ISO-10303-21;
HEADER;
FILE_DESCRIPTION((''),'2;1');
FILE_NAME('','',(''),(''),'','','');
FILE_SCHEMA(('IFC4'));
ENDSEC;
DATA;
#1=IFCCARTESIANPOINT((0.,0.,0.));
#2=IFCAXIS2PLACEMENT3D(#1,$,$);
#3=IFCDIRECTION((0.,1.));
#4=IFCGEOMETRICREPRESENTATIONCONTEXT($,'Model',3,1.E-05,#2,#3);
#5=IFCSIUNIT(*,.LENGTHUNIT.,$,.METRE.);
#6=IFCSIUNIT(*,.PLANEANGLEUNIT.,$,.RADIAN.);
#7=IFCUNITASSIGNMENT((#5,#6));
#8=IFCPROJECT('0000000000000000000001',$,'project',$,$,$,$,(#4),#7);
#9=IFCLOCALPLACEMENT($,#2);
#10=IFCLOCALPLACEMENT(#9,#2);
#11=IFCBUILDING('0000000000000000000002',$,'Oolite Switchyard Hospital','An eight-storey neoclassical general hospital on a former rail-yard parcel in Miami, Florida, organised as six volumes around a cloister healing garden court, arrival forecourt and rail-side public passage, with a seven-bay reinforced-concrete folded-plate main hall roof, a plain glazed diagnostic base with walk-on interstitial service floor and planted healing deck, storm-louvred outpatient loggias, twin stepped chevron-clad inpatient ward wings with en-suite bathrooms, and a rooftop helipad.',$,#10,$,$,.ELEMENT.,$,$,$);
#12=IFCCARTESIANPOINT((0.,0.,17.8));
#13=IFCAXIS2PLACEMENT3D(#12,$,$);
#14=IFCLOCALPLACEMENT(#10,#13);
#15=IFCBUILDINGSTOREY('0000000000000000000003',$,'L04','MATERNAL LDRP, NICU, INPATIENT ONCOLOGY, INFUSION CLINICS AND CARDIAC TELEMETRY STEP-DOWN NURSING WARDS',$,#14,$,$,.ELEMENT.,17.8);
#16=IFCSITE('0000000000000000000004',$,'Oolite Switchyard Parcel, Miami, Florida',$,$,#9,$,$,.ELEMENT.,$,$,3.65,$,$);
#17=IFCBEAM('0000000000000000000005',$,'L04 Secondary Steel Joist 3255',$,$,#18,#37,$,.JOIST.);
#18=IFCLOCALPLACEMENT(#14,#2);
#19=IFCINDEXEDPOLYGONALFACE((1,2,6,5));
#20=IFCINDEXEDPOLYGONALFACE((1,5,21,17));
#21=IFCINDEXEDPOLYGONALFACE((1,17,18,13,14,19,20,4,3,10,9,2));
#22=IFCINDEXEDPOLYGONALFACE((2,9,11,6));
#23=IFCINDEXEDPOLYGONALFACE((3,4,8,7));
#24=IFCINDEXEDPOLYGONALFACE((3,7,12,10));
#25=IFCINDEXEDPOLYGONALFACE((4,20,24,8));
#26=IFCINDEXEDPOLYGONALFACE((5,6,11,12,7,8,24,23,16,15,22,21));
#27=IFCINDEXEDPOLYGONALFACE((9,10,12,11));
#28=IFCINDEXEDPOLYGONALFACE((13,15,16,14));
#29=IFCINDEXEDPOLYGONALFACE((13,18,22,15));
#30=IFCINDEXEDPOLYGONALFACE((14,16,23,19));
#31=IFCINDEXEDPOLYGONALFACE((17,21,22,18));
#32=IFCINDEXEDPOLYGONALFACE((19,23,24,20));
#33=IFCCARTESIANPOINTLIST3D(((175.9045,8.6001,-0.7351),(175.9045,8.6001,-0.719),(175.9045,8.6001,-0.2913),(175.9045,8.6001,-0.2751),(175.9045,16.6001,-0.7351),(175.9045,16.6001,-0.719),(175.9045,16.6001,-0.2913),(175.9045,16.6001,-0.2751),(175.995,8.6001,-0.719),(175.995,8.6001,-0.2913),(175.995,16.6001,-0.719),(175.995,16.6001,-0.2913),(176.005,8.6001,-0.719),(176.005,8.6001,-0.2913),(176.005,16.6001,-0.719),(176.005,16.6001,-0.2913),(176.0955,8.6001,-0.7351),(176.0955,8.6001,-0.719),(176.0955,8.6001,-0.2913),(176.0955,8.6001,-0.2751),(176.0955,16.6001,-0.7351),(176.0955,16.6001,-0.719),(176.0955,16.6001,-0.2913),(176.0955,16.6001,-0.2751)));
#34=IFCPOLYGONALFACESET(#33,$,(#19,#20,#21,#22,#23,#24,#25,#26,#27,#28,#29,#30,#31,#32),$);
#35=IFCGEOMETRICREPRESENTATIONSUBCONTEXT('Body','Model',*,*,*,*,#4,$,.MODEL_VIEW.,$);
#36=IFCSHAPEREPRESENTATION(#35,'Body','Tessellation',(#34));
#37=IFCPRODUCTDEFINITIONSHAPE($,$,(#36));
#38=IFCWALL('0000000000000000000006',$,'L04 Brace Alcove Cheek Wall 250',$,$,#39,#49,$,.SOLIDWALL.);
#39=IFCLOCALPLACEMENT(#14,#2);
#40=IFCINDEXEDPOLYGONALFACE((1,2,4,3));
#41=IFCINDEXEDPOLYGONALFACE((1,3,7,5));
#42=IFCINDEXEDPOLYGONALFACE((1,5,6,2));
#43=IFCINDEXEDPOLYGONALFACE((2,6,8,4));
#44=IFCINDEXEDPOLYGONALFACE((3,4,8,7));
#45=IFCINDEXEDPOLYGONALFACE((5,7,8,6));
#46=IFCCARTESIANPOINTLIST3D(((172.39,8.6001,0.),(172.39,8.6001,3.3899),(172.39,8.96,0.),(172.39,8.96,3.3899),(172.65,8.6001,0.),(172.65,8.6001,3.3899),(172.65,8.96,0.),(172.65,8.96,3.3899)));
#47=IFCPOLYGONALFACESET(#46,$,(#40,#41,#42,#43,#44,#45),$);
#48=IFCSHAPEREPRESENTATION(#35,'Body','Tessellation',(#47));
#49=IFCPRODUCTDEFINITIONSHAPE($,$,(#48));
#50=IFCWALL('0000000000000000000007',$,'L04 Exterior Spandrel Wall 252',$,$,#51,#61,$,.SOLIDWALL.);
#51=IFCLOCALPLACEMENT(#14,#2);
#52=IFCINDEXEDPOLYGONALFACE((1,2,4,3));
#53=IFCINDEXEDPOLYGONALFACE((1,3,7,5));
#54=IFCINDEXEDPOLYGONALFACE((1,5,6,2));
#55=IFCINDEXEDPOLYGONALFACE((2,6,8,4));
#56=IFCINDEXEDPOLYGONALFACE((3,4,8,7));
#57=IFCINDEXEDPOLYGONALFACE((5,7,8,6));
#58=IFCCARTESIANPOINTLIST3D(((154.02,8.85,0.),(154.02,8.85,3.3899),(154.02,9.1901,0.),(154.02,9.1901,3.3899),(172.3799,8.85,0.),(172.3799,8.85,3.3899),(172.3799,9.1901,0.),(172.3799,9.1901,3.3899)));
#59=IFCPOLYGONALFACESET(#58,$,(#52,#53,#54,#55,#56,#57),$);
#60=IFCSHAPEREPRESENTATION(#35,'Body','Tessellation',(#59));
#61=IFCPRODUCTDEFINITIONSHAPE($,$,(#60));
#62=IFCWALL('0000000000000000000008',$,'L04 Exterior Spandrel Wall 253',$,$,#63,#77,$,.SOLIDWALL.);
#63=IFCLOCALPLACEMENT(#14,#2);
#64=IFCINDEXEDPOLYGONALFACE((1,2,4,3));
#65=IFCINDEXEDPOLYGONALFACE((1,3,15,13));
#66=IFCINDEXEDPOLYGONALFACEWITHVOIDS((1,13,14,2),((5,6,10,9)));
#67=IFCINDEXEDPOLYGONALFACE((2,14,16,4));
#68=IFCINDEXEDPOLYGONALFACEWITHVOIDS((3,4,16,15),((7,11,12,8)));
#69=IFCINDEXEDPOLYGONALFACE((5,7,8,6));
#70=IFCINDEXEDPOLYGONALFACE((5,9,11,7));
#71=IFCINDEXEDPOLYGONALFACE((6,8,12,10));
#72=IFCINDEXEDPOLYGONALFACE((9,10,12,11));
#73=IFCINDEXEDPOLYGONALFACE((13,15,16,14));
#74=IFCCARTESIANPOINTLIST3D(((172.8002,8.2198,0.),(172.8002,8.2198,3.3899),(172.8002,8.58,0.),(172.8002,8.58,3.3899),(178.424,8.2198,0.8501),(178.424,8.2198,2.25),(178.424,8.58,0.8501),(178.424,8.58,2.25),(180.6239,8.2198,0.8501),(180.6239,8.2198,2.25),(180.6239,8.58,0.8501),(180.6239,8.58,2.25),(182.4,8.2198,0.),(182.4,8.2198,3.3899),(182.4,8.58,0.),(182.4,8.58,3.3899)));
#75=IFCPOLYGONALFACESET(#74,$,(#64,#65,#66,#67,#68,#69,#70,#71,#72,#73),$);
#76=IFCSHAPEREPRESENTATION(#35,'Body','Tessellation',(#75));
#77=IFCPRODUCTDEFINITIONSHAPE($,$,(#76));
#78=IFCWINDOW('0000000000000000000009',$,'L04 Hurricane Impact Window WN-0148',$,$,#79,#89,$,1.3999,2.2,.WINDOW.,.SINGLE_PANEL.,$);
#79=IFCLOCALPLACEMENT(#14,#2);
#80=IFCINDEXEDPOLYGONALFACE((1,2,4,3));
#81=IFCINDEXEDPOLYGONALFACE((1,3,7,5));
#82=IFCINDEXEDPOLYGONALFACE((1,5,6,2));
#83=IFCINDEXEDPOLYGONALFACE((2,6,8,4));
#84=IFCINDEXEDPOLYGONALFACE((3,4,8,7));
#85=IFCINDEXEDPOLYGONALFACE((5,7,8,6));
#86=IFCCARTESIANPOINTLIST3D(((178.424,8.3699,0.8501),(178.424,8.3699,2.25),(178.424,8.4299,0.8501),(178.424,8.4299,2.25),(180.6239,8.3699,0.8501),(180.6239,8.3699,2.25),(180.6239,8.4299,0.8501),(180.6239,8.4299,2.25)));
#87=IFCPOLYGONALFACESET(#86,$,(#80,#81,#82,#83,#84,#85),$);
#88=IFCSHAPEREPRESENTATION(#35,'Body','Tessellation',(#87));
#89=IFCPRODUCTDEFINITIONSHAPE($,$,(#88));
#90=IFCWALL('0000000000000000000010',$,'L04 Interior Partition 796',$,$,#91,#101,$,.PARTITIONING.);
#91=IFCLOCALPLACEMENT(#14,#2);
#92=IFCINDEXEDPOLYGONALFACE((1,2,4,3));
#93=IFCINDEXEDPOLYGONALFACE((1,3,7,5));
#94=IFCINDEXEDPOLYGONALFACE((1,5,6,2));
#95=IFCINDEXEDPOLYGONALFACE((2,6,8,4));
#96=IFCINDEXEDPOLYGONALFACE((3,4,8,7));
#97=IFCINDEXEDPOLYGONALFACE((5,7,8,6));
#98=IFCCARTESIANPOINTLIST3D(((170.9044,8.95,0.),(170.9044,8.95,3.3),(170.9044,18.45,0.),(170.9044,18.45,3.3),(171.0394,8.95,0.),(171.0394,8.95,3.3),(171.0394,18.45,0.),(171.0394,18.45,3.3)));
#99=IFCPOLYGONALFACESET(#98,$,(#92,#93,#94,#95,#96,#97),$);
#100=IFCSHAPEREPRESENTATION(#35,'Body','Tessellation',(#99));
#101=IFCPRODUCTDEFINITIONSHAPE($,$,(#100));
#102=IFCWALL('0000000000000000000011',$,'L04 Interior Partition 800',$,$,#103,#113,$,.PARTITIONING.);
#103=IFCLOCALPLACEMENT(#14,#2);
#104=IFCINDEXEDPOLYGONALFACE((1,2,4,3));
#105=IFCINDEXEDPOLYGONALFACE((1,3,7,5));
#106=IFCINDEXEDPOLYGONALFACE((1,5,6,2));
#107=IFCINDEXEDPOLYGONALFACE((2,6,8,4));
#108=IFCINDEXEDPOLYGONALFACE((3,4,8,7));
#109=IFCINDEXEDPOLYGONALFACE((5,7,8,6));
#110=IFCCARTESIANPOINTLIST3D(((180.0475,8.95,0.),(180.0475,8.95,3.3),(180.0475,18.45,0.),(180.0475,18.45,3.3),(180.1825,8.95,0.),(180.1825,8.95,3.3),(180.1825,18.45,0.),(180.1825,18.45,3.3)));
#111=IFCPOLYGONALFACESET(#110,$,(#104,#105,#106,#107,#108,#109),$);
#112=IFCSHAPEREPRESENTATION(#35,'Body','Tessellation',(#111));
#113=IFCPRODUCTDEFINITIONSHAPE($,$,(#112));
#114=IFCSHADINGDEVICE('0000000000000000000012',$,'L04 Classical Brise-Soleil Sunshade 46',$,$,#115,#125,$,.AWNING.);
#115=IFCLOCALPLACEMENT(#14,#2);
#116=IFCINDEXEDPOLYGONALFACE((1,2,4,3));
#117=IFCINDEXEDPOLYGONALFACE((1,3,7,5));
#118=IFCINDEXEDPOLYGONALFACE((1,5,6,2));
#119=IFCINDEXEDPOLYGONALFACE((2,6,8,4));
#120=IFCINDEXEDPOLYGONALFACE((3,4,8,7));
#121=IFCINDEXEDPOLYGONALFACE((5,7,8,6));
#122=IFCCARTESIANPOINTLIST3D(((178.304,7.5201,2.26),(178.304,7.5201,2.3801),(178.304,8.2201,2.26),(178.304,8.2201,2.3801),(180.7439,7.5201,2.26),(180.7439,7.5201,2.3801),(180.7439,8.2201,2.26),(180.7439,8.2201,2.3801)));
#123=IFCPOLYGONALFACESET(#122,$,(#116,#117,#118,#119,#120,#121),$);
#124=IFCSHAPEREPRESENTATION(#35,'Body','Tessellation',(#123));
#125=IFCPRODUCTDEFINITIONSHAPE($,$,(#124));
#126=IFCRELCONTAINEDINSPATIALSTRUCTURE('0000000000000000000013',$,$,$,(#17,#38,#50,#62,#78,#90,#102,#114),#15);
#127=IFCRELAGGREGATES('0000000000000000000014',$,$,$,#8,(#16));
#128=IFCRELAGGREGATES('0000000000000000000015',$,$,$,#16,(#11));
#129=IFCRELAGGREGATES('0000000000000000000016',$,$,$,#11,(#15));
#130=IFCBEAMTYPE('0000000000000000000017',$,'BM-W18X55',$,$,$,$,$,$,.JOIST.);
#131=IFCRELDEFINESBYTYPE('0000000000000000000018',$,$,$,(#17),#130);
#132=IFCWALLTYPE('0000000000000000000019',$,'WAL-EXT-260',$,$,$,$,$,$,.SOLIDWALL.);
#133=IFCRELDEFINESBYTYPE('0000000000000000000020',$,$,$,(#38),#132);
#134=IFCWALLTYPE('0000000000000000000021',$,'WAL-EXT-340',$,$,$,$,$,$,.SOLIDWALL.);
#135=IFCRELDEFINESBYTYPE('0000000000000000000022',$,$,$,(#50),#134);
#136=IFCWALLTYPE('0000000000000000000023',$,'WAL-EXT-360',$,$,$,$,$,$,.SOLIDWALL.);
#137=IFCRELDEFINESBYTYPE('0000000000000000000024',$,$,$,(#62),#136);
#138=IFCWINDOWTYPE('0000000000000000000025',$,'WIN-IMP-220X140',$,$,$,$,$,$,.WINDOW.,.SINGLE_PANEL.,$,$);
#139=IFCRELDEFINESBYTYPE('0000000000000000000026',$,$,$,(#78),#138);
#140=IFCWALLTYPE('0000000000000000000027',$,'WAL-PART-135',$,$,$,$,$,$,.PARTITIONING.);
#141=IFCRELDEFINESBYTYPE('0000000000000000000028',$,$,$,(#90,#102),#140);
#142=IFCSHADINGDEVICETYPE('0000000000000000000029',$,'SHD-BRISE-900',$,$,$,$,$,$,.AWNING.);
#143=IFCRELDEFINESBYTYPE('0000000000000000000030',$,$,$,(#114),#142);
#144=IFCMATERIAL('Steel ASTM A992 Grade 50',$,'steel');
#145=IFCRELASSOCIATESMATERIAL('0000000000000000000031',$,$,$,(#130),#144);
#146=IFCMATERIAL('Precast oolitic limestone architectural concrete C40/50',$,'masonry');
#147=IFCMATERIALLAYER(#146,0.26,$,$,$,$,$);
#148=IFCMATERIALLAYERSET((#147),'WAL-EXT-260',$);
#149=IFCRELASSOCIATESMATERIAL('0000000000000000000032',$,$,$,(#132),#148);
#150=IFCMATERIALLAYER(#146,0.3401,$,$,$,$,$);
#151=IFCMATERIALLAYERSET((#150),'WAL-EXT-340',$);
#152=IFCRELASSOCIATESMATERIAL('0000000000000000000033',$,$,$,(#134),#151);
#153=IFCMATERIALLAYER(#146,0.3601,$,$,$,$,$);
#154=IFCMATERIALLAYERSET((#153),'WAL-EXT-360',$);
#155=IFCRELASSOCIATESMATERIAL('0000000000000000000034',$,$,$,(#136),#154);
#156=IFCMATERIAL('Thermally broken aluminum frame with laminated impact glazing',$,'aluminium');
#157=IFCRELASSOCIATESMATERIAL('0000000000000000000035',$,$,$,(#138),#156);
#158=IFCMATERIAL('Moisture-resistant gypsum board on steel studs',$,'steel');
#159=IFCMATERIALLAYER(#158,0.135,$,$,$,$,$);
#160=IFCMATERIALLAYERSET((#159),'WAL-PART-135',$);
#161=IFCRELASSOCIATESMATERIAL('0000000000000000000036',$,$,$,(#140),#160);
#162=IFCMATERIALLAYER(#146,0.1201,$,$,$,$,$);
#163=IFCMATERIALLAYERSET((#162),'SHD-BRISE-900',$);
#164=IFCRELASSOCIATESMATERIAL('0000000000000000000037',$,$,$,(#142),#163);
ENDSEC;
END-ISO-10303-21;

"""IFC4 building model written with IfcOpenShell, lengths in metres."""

from ifc_helpers import new_model, si_unit, direction, frame, frame_2d, origin, origin_2d, place, context, subcontext, project, spatial, rectangle, i_section, extrude, material, layer, layer_set, material_profile, profile_set, type_object, element, fill, save


model = new_model("IFC4")

# Units and contexts
model_context = context("Model", 3, precision=1e-05, world=origin(), true_north=direction((0.0, 1.0)))
body_context = subcontext(model_context, "Body", "Model", "MODEL_VIEW")
ifc_project = project(units=[si_unit("LENGTHUNIT", "METRE"), si_unit("PLANEANGLEUNIT", "RADIAN")], contexts=[model_context])

# Site, building, storey
site_placement = place(None, origin())
site = spatial("IfcSite", under=ifc_project, at=site_placement, Name="Oolite Switchyard Parcel, Miami, Florida", CompositionType="ELEMENT", RefElevation=3.65)
building_placement = place(site_placement, origin())
building = spatial("IfcBuilding", under=site, at=building_placement, Name="Oolite Switchyard Hospital", Description="An eight-storey neoclassical general hospital on a former rail-yard parcel in Miami, Florida, organised as six volumes around a cloister healing garden court, arrival forecourt and rail-side public passage, with a seven-bay reinforced-concrete folded-plate main hall roof, a plain glazed diagnostic base with walk-on interstitial service floor and planted healing deck, storm-louvred outpatient loggias, twin stepped chevron-clad inpatient ward wings with en-suite bathrooms, and a rooftop helipad.", CompositionType="ELEMENT")
storey_placement = place(building_placement, frame((0.0, 0.0, 17.8)))
storey = spatial("IfcBuildingStorey", under=building, at=storey_placement, Name="L04", Description="MATERNAL LDRP, NICU, INPATIENT ONCOLOGY, INFUSION CLINICS AND CARDIAC TELEMETRY STEP-DOWN NURSING WARDS", CompositionType="ELEMENT", Elevation=17.8)

# Beam
ifc_material_1 = material(Name="Steel ASTM A992 Grade 50", Category="steel")
ifc_material_profile_1 = material_profile(ifc_material_1, i_section(OverallWidth=0.1909, OverallDepth=0.46, WebThickness=0.01, FlangeThickness=0.0161, at=origin_2d()), Name="W18X55")
ifc_profile_set_1 = profile_set([ifc_material_profile_1], Name="Steel ASTM A992 Grade 50")
beam_type_1 = type_object("IfcBeamType", Name="BM-W18X55", PredefinedType="JOIST", material=ifc_profile_set_1)
beam_1_placement = place(storey_placement, frame((176.0, 8.6001, -0.5051), z_axis=(0.0, 1.0, 0.0), x_axis=(-1.0, 0.0, 0.0)))
element("IfcBeam", 1, at=beam_1_placement, inside=storey, type_object=beam_type_1, Name="L04 Secondary Steel Joist 3255", PredefinedType="JOIST", context=body_context, shape_type="SweptSolid", body=[
    extrude(i_section(OverallWidth=0.1909, OverallDepth=0.46, WebThickness=0.01, FlangeThickness=0.0161, at=origin_2d()), origin(), (0.0, 0.0, 1.0), 8.0),
])

# Walls
ifc_material_2 = material(Name="Precast oolitic limestone architectural concrete C40/50", Category="masonry")
ifc_layer_1 = layer(ifc_material_2, 0.26)
ifc_layer_set_1 = layer_set([ifc_layer_1], Name="WAL-EXT-260")
wall_type_1 = type_object("IfcWallType", Name="WAL-EXT-260", PredefinedType="SOLIDWALL", material=ifc_layer_set_1)
wall_1_placement = place(storey_placement, frame((172.52, 8.6001, 0.0), z_axis=(0.0, 0.0, 1.0), x_axis=(0.0, 1.0, 0.0)))
element("IfcWall", 2, at=wall_1_placement, inside=storey, type_object=wall_type_1, Name="L04 Brace Alcove Cheek Wall 250", PredefinedType="SOLIDWALL", context=body_context, shape_type="SweptSolid", body=[
    extrude(rectangle(XDim=0.3599, YDim=0.26, at=frame_2d((0.1799, 0.0))), origin(), (0.0, 0.0, 1.0), 3.3899),
])
ifc_layer_2 = layer(ifc_material_2, 0.3401)
ifc_layer_set_2 = layer_set([ifc_layer_2], Name="WAL-EXT-340")
wall_type_2 = type_object("IfcWallType", Name="WAL-EXT-340", PredefinedType="SOLIDWALL", material=ifc_layer_set_2)
wall_2_placement = place(storey_placement, frame((172.3799, 9.02, 0.0), z_axis=(0.0, 0.0, 1.0), x_axis=(-1.0, 0.0, 0.0)))
element("IfcWall", 3, at=wall_2_placement, inside=storey, type_object=wall_type_2, Name="L04 Exterior Spandrel Wall 252", PredefinedType="SOLIDWALL", context=body_context, shape_type="SweptSolid", body=[
    extrude(rectangle(XDim=18.3599, YDim=0.3401, at=frame_2d((9.1799, 0.0))), origin(), (0.0, 0.0, 1.0), 3.3899),
])

# Wall, opening, window
ifc_layer_3 = layer(ifc_material_2, 0.3601)
ifc_layer_set_3 = layer_set([ifc_layer_3], Name="WAL-EXT-360")
wall_type_3 = type_object("IfcWallType", Name="WAL-EXT-360", PredefinedType="SOLIDWALL", material=ifc_layer_set_3)
wall_3_placement = place(storey_placement, frame((182.3999, 8.3999, 0.0), z_axis=(0.0, 0.0, 1.0), x_axis=(-1.0, 0.0, 0.0)))
wall_3 = element("IfcWall", 4, at=wall_3_placement, inside=storey, type_object=wall_type_3, Name="L04 Exterior Spandrel Wall 253", PredefinedType="SOLIDWALL", context=body_context, shape_type="SweptSolid", body=[
    extrude(rectangle(XDim=9.5999, YDim=0.3601, at=frame_2d((4.7998, 0.0))), origin(), (0.0, 0.0, 1.0), 3.3899),
])
opening_placement = place(wall_3_placement, frame((1.7759, 0.0, 0.8501)))
opening = element("IfcOpeningElement", 5, at=opening_placement, cuts=wall_3, PredefinedType="OPENING", context=body_context, shape_type="SweptSolid", body=[
    extrude(rectangle(XDim=2.2, YDim=1.3999, at=frame_2d((1.1001, 0.7))), frame((0.0, 0.1899, 0.0), z_axis=(0.0, -1.0, 0.0), x_axis=(1.0, 0.0, 0.0)), (0.0, 0.0, 1.0), 0.3801),
])
ifc_material_3 = material(Name="Thermally broken aluminum frame with laminated impact glazing", Category="aluminium")
window_type = type_object("IfcWindowType", Name="WIN-IMP-220X140", PartitioningType="SINGLE_PANEL", PredefinedType="WINDOW", material=ifc_material_3)
window_placement = place(opening_placement, origin())
window = element("IfcWindow", 6, at=window_placement, inside=storey, type_object=window_type, Name="L04 Hurricane Impact Window WN-0148", OverallHeight=1.3999, OverallWidth=2.2, PartitioningType="SINGLE_PANEL", PredefinedType="WINDOW", context=body_context, shape_type="SweptSolid", body=[
    extrude(rectangle(XDim=2.2, YDim=1.3999, at=frame_2d((1.1001, 0.7))), frame((0.0, 0.03, 0.0), z_axis=(0.0, -1.0, 0.0), x_axis=(1.0, 0.0, 0.0)), (0.0, 0.0, 1.0), 0.0601),
])
fill(opening, window)

# Walls
ifc_material_4 = material(Name="Moisture-resistant gypsum board on steel studs", Category="steel")
ifc_layer_4 = layer(ifc_material_4, 0.135)
ifc_layer_set_4 = layer_set([ifc_layer_4], Name="WAL-PART-135")
wall_type_4 = type_object("IfcWallType", Name="WAL-PART-135", PredefinedType="PARTITIONING", material=ifc_layer_set_4)
for number, where, z_axis, x_axis, name in (
    (7, (170.9719, 8.95, 0.0), (0.0, 0.0, 1.0), (0.0, 1.0, 0.0), "L04 Interior Partition 796"),
    (8, (180.115, 8.95, 0.0), (0.0, 0.0, 1.0), (0.0, 1.0, 0.0), "L04 Interior Partition 800"),
):
    element("IfcWall", number, at=place(storey_placement, frame(where, z_axis=z_axis, x_axis=x_axis)), inside=storey, type_object=wall_type_4, Name=name, PredefinedType="PARTITIONING", context=body_context, shape_type="SweptSolid", body=[
        extrude(rectangle(XDim=9.5, YDim=0.135, at=frame_2d((4.75, 0.0))), origin(), (0.0, 0.0, 1.0), 3.3),
    ])

# Shading device
ifc_layer_5 = layer(ifc_material_2, 0.1201)
ifc_layer_set_5 = layer_set([ifc_layer_5], Name="SHD-BRISE-900")
shading_device_type = type_object("IfcShadingDeviceType", Name="SHD-BRISE-900", PredefinedType="AWNING", material=ifc_layer_set_5)
shading_device_placement = place(storey_placement, frame((179.5239, 7.8701, 2.26), z_axis=(0.0, 0.0, 1.0), x_axis=(1.0, 0.0, 0.0)))
element("IfcShadingDevice", 9, at=shading_device_placement, inside=storey, type_object=shading_device_type, Name="L04 Classical Brise-Soleil Sunshade 46", PredefinedType="AWNING", context=body_context, shape_type="SweptSolid", body=[
    extrude(rectangle(XDim=2.4399, YDim=0.7, at=origin_2d()), origin(), (0.0, 0.0, 1.0), 0.1201),
])

save(model, "model.ifc")
